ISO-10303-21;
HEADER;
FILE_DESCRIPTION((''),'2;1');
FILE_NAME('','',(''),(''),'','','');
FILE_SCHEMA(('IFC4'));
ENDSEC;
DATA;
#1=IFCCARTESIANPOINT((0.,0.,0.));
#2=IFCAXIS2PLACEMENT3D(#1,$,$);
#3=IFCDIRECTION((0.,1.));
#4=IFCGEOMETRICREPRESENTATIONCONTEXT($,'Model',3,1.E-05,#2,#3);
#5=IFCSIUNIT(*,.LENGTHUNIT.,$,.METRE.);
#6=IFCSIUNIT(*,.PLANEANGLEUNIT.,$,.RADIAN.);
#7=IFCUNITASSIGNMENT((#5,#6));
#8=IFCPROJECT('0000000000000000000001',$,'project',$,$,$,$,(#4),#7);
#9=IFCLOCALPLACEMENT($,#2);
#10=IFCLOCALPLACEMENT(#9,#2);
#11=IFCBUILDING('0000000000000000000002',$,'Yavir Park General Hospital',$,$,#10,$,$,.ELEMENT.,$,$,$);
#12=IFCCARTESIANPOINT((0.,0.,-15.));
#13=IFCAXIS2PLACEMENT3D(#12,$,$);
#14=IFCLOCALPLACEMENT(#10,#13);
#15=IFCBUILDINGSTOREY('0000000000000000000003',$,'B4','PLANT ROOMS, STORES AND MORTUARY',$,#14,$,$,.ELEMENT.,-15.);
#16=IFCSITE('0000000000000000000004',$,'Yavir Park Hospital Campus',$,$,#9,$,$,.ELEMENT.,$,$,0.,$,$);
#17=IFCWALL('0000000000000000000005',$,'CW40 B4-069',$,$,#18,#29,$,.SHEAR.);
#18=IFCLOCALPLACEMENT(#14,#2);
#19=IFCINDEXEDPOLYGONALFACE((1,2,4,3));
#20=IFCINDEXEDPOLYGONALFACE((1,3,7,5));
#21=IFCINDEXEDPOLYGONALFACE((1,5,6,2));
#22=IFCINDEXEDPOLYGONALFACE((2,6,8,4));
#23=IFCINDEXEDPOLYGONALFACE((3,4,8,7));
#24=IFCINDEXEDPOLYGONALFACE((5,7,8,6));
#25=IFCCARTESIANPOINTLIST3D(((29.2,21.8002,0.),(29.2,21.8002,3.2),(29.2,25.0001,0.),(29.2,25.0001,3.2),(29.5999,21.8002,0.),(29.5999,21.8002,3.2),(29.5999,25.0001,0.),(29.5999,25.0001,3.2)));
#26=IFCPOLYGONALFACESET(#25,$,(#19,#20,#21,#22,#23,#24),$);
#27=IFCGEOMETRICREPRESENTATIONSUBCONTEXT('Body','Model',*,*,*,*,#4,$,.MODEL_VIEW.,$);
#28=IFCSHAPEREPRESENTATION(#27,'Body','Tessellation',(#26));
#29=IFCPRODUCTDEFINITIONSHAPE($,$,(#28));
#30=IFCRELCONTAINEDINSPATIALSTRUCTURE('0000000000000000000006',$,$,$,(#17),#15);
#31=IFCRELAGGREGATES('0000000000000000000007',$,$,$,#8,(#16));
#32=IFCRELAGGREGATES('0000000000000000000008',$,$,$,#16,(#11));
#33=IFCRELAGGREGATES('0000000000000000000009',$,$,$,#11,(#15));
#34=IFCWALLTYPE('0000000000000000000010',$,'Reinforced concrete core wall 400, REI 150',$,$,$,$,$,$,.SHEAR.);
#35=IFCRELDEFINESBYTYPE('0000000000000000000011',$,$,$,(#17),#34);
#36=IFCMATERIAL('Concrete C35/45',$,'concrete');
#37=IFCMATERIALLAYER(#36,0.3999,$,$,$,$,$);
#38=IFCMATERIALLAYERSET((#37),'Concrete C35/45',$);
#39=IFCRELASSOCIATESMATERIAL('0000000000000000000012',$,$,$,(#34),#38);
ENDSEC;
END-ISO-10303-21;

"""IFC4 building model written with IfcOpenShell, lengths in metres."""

from ifc_helpers import new_model, si_unit, direction, frame, frame_2d, origin, place, context, subcontext, project, spatial, rectangle, extrude, material, layer, layer_set, type_object, element, save


model = new_model("IFC4")

# Units and contexts
model_context = context("Model", 3, precision=1e-05, world=origin(), true_north=direction((0.0, 1.0)))
body_context = subcontext(model_context, "Body", "Model", "MODEL_VIEW")
ifc_project = project(units=[si_unit("LENGTHUNIT", "METRE"), si_unit("PLANEANGLEUNIT", "RADIAN")], contexts=[model_context])

# Site, building, storey
site_placement = place(None, origin())
site = spatial("IfcSite", under=ifc_project, at=site_placement, Name="Yavir Park Hospital Campus", CompositionType="ELEMENT", RefElevation=0.0)
building_placement = place(site_placement, origin())
building = spatial("IfcBuilding", under=site, at=building_placement, Name="Yavir Park General Hospital", CompositionType="ELEMENT")
storey_placement = place(building_placement, frame((0.0, 0.0, -15.0)))
storey = spatial("IfcBuildingStorey", under=building, at=storey_placement, Name="B4", Description="PLANT ROOMS, STORES AND MORTUARY", CompositionType="ELEMENT", Elevation=-15.0)

# Wall
ifc_material_1 = material(Name="Concrete C35/45", Category="concrete")
ifc_layer_1 = layer(ifc_material_1, 0.3999)
ifc_layer_set_1 = layer_set([ifc_layer_1], Name="Concrete C35/45")
wall_type_1 = type_object("IfcWallType", Name="Reinforced concrete core wall 400, REI 150", PredefinedType="SHEAR", material=ifc_layer_set_1)
wall_1_placement = place(storey_placement, frame((29.3999, 21.8, 0.0), z_axis=(0.0, 0.0, 1.0), x_axis=(0.0, 1.0, 0.0)))
element("IfcWall", 1, at=wall_1_placement, inside=storey, type_object=wall_type_1, Name="CW40 B4-069", PredefinedType="SHEAR", context=body_context, shape_type="SweptSolid", body=[
    extrude(rectangle(XDim=3.2, YDim=0.3999, at=frame_2d((1.6001, 0.0))), origin(), (0.0, 0.0, 1.0), 3.2),
])

save(model, "model.ifc")
